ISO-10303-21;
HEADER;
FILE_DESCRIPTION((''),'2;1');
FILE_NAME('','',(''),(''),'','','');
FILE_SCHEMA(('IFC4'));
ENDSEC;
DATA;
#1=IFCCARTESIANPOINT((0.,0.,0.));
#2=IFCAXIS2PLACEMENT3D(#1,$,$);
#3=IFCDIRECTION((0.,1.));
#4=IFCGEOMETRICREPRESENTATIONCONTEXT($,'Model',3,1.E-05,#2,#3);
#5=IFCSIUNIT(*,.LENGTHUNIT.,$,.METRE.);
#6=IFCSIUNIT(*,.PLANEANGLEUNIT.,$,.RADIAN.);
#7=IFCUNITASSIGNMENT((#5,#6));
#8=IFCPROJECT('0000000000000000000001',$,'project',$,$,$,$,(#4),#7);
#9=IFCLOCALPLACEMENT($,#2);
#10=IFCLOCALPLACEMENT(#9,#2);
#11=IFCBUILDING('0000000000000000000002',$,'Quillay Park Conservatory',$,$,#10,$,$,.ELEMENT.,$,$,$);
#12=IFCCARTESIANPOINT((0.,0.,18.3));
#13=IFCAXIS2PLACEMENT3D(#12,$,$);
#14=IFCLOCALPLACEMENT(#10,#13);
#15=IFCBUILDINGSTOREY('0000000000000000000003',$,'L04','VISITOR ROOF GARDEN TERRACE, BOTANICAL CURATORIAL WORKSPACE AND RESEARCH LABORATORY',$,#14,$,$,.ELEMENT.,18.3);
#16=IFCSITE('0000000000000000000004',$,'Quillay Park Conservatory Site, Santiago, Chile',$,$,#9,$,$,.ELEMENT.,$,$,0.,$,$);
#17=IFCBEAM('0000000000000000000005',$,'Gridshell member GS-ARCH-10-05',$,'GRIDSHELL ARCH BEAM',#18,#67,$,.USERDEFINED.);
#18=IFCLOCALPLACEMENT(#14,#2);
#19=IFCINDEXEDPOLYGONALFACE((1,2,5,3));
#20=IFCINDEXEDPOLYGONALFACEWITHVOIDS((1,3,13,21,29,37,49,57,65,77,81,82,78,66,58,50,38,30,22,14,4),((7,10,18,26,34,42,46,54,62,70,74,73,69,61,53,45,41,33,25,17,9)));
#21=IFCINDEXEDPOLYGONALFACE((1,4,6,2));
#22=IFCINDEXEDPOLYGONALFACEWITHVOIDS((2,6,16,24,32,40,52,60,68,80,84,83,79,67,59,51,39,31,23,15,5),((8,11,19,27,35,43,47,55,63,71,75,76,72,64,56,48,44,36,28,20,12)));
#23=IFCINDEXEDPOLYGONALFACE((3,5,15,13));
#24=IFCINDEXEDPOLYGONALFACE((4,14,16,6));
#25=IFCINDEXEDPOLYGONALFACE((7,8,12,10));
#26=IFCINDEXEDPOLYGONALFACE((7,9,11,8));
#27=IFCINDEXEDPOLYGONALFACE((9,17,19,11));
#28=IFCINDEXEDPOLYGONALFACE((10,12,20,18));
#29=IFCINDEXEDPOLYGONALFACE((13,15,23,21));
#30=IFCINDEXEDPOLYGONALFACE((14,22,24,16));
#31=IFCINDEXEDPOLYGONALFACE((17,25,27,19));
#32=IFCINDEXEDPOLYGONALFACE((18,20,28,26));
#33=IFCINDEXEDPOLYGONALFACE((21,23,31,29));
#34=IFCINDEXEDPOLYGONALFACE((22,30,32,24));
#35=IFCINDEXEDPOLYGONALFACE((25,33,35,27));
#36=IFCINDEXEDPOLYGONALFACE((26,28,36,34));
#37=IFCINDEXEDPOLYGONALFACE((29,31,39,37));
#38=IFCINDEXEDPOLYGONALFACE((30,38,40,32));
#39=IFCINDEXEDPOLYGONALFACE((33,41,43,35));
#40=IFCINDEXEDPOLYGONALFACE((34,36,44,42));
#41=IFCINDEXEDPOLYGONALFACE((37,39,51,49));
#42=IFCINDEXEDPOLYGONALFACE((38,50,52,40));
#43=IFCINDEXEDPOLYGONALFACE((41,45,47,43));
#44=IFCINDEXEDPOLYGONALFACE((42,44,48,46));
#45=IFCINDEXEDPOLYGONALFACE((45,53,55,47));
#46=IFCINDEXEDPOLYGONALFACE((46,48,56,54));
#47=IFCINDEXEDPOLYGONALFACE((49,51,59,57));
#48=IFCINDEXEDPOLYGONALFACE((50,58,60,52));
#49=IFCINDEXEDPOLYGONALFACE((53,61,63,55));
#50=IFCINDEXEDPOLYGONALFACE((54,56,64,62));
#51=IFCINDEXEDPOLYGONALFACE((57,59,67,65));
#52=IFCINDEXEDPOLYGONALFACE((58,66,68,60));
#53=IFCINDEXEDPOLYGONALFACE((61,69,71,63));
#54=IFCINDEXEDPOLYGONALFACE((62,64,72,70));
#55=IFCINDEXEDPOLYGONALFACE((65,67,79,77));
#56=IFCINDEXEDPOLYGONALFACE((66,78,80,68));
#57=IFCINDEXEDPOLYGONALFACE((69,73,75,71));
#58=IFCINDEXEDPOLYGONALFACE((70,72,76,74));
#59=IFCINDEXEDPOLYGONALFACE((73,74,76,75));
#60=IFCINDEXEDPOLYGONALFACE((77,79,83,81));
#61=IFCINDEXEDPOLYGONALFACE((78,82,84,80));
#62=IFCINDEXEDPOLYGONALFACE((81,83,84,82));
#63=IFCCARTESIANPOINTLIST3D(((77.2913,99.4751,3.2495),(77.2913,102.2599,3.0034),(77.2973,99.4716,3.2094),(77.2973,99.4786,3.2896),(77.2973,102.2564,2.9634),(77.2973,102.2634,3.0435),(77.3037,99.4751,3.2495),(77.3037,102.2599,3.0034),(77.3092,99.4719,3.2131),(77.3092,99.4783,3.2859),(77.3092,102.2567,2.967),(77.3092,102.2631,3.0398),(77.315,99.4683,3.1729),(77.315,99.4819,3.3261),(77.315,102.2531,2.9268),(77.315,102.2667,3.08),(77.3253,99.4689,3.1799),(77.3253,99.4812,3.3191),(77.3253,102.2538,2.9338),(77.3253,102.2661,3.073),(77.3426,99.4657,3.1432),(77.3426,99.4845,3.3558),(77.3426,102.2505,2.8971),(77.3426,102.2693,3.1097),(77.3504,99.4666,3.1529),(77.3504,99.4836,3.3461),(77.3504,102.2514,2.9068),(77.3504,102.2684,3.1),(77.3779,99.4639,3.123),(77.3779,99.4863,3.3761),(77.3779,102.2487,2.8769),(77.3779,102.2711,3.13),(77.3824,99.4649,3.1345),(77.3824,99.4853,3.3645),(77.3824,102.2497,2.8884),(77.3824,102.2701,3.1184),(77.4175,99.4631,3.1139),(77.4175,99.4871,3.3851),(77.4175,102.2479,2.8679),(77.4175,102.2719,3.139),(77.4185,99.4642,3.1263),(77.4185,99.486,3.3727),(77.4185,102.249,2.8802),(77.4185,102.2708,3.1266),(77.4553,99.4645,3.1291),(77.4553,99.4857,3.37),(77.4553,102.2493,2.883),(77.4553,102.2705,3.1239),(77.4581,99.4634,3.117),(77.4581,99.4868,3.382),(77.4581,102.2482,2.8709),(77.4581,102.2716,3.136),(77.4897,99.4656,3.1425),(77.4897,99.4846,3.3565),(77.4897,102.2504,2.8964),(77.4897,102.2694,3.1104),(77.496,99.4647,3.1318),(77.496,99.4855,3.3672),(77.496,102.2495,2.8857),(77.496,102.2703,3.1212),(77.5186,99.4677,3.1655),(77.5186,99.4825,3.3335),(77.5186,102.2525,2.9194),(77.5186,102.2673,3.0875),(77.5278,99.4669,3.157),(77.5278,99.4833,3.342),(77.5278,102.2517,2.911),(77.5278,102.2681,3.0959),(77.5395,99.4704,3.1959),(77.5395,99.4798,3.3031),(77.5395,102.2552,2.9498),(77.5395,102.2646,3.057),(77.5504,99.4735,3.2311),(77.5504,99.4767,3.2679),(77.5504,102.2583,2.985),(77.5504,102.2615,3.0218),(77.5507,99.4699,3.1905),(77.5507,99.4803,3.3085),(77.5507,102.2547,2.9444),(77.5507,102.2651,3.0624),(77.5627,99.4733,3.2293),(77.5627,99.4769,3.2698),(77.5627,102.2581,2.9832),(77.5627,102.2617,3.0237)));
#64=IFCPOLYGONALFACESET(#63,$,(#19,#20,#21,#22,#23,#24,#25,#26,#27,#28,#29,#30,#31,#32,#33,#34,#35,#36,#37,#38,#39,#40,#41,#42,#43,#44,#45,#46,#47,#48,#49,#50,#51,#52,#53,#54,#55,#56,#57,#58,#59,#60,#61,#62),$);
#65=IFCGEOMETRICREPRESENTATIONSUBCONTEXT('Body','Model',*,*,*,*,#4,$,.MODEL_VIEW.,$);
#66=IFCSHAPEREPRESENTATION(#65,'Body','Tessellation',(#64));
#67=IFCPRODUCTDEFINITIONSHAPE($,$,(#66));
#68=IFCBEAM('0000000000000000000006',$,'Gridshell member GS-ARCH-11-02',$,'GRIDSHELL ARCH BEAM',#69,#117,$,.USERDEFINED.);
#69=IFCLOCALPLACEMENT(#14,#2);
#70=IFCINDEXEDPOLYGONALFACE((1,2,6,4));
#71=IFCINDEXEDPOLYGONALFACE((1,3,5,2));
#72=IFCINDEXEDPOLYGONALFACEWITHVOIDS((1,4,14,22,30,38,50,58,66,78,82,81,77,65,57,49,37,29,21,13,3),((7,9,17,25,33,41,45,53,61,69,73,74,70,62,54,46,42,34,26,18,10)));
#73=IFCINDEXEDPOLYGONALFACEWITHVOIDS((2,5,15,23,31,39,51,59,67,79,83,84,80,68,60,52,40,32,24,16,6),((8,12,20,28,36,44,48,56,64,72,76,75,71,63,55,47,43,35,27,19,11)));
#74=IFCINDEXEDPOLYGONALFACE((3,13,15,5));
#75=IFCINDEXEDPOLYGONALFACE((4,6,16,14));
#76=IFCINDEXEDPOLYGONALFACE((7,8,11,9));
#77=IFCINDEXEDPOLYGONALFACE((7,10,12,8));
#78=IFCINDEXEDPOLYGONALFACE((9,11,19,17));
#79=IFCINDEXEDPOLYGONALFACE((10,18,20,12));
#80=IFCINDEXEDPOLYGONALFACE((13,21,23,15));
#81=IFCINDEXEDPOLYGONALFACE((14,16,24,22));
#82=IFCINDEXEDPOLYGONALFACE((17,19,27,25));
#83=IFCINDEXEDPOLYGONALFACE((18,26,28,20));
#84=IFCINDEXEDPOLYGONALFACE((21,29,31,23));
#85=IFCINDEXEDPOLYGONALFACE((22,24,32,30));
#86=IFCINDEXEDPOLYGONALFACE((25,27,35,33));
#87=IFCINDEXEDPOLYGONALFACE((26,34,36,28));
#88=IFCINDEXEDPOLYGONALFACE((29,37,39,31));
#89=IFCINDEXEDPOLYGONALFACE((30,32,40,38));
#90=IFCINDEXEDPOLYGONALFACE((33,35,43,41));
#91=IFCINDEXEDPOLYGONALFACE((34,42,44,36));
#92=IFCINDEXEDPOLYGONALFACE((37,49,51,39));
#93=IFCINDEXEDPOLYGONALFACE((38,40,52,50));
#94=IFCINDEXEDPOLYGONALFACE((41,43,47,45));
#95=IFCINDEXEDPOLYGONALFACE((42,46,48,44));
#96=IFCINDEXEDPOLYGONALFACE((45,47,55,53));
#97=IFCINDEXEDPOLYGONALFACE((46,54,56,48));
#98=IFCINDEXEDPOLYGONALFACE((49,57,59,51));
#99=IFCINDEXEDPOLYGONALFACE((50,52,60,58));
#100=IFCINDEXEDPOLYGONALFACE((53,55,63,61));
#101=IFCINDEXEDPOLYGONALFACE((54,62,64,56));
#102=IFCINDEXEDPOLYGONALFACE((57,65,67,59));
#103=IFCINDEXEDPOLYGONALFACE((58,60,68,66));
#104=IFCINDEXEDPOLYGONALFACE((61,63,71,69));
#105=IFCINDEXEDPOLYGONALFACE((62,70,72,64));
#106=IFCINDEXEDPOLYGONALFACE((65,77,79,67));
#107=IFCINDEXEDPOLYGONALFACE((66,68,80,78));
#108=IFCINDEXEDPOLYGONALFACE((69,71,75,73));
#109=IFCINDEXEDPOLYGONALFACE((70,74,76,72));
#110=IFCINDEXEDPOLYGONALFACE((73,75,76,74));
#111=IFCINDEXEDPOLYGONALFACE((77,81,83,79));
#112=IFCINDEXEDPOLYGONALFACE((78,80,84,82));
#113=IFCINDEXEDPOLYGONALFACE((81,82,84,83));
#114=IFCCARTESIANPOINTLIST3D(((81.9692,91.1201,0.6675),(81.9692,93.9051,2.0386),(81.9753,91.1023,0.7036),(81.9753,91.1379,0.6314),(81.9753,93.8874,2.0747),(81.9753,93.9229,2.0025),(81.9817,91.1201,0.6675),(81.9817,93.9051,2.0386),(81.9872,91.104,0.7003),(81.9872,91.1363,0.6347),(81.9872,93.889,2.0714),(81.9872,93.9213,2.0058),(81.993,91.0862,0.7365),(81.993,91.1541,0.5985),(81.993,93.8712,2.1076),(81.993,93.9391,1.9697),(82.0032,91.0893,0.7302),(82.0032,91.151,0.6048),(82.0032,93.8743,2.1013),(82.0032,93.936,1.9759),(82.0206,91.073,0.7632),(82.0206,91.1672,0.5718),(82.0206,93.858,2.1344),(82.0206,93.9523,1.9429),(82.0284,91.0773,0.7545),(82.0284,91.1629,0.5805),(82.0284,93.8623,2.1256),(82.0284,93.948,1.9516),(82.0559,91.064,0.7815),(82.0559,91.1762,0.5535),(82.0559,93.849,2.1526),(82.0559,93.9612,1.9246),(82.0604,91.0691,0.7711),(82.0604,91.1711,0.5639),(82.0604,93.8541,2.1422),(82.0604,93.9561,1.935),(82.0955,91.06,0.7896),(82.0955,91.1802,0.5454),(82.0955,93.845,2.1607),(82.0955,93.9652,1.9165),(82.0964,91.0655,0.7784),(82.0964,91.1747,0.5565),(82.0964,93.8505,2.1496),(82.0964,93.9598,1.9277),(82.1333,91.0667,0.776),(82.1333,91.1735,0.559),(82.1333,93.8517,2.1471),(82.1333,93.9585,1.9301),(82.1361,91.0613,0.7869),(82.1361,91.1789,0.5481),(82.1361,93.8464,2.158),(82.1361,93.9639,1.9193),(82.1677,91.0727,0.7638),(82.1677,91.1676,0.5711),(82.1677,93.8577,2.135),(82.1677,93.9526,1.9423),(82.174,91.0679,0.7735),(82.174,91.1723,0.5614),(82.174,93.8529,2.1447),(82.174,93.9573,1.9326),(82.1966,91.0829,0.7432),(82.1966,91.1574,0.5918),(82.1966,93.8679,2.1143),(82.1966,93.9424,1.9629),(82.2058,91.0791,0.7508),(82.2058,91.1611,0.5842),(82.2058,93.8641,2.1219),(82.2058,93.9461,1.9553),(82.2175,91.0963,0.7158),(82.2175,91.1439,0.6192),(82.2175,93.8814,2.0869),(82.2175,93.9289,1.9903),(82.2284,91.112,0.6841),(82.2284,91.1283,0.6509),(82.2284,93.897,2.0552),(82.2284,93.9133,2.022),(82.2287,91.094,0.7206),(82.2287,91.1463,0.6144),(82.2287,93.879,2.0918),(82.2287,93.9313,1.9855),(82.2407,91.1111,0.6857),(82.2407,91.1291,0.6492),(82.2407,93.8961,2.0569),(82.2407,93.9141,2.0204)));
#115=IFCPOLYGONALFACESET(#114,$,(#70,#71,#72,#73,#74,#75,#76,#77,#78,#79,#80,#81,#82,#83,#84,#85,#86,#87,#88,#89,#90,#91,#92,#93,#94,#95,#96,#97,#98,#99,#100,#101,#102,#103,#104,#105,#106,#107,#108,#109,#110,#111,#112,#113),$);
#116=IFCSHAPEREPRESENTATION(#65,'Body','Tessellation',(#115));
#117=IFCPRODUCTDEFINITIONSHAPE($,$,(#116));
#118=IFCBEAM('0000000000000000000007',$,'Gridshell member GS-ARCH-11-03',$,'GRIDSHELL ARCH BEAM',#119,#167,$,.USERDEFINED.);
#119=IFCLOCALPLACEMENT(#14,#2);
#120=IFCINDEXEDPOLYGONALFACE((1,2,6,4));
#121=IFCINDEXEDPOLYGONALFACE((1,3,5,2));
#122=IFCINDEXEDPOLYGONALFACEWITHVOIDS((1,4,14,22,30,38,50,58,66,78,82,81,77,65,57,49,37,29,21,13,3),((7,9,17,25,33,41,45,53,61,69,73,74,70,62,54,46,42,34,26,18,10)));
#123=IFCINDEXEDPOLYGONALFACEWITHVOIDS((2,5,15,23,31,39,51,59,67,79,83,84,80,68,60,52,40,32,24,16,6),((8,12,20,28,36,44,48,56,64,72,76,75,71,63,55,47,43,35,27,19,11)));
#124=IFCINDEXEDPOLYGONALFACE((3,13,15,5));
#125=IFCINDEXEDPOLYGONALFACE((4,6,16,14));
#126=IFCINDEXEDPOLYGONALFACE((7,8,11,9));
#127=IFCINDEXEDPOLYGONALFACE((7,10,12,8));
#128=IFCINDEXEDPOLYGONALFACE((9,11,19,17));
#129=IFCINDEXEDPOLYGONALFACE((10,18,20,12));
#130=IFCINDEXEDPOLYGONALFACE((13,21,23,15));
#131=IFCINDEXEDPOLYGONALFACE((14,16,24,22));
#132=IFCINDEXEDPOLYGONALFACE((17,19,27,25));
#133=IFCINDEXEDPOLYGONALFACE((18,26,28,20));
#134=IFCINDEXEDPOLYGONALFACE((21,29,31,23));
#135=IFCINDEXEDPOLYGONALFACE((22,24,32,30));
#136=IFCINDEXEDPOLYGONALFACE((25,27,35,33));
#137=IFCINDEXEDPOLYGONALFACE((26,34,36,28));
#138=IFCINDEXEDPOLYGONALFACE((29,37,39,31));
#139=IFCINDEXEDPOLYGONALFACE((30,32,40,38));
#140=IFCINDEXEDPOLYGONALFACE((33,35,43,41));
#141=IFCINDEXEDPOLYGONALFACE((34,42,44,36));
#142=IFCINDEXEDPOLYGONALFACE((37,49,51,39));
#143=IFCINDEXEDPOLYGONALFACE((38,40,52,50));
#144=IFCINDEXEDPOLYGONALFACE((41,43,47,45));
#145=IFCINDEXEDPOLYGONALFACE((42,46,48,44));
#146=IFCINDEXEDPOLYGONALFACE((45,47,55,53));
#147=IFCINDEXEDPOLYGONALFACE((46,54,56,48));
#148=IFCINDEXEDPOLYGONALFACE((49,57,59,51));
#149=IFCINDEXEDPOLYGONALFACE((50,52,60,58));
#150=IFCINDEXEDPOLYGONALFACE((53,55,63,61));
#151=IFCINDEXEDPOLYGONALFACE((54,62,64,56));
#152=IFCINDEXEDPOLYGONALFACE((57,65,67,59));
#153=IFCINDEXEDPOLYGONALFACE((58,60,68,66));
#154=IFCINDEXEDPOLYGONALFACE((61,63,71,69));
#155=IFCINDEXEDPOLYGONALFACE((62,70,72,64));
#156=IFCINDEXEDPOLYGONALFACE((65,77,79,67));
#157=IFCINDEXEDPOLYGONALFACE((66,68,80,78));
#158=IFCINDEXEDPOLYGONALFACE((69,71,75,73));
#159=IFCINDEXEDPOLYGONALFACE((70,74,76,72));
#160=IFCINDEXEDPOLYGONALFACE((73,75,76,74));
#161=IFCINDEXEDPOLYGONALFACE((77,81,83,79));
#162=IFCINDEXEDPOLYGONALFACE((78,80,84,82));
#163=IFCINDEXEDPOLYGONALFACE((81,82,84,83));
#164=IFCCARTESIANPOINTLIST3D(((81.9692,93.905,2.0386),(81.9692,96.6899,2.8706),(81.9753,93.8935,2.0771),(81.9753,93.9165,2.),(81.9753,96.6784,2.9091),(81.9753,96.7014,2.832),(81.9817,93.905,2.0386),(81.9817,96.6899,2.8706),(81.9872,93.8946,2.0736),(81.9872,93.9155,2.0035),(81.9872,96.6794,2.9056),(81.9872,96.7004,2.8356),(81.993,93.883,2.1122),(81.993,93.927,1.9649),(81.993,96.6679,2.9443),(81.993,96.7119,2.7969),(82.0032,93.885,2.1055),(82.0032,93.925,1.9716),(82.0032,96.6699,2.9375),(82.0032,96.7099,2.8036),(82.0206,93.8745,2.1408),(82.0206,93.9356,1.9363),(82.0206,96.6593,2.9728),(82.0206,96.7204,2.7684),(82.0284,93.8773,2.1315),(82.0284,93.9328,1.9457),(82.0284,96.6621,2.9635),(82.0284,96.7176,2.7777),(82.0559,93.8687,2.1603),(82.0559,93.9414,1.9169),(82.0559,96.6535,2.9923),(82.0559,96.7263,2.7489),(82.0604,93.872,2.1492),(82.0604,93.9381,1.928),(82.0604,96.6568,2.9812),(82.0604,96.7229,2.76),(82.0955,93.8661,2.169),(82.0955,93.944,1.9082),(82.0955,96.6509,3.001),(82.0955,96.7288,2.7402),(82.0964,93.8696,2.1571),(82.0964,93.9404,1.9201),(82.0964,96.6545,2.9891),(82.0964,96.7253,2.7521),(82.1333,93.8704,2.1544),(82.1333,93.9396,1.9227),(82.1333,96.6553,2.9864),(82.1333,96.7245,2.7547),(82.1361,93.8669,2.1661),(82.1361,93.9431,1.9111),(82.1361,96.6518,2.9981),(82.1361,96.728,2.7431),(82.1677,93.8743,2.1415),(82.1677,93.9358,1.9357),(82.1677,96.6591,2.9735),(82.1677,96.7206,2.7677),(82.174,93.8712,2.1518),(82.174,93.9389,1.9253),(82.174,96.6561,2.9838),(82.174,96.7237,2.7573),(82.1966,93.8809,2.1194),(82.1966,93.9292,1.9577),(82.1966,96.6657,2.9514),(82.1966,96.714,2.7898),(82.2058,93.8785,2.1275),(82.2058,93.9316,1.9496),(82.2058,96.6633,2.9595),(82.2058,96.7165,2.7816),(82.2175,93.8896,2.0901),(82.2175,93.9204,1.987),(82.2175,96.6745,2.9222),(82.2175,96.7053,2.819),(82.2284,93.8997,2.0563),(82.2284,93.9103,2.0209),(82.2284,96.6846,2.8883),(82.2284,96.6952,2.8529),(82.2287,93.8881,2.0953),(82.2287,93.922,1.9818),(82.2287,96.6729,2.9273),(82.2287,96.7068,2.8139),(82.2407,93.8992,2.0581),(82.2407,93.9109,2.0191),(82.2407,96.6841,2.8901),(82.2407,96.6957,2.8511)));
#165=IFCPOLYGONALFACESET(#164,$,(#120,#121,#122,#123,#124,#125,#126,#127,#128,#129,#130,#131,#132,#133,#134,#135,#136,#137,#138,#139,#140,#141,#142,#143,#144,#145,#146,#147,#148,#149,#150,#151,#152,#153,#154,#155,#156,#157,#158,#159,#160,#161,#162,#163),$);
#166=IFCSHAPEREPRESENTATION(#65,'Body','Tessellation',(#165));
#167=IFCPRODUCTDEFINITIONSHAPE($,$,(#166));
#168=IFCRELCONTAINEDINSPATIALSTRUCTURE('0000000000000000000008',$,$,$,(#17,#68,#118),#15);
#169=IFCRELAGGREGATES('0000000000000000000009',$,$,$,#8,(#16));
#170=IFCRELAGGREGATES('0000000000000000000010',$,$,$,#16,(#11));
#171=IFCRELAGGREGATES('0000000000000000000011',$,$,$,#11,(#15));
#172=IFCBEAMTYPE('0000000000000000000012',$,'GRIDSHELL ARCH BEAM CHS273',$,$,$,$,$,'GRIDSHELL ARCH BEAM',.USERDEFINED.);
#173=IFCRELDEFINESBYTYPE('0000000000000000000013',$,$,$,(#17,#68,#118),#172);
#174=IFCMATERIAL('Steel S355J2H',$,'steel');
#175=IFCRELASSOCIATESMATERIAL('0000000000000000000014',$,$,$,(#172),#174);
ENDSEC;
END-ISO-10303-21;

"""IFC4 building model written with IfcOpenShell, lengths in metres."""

from ifc_helpers import new_model, si_unit, direction, frame, origin, origin_2d, place, context, subcontext, project, spatial, hollow_circle, extrude, material, material_profile, profile_set, type_object, element, save


model = new_model("IFC4")

# Units and contexts
model_context = context("Model", 3, precision=1e-05, world=origin(), true_north=direction((0.0, 1.0)))
body_context = subcontext(model_context, "Body", "Model", "MODEL_VIEW")
ifc_project = project(units=[si_unit("LENGTHUNIT", "METRE"), si_unit("PLANEANGLEUNIT", "RADIAN")], contexts=[model_context])

# Site, building, storey
site_placement = place(None, origin())
site = spatial("IfcSite", under=ifc_project, at=site_placement, Name="Quillay Park Conservatory Site, Santiago, Chile", CompositionType="ELEMENT", RefElevation=0.0)
building_placement = place(site_placement, origin())
building = spatial("IfcBuilding", under=site, at=building_placement, Name="Quillay Park Conservatory", CompositionType="ELEMENT")
storey_placement = place(building_placement, frame((0.0, 0.0, 18.3)))
storey = spatial("IfcBuildingStorey", under=building, at=storey_placement, Name="L04", Description="VISITOR ROOF GARDEN TERRACE, BOTANICAL CURATORIAL WORKSPACE AND RESEARCH LABORATORY", CompositionType="ELEMENT", Elevation=18.3)

# Beams
ifc_material_1 = material(Name="Steel S355J2H", Category="steel")
ifc_material_profile_1 = material_profile(ifc_material_1, hollow_circle(Radius=0.1365, WallThickness=0.0125, at=origin_2d()), Name="CHS273x12.5")
ifc_profile_set_1 = profile_set([ifc_material_profile_1], Name="Steel S355J2H")
beam_type = type_object("IfcBeamType", Name="GRIDSHELL ARCH BEAM CHS273", ElementType="GRIDSHELL ARCH BEAM", PredefinedType="USERDEFINED", material=ifc_profile_set_1)
beam_1_placement = place(storey_placement, frame((77.4277, 99.4751, 3.2495), z_axis=(0.0, 0.996118, -0.088024), x_axis=(-1.0, 0.0, 0.0)))
element("IfcBeam", 1, at=beam_1_placement, inside=storey, type_object=beam_type, Name="Gridshell member GS-ARCH-10-05", ObjectType="GRIDSHELL ARCH BEAM", PredefinedType="USERDEFINED", context=body_context, shape_type="SweptSolid", body=[
    extrude(hollow_circle(Radius=0.1365, WallThickness=0.0125, at=origin_2d()), origin(), (0.0, 0.0, 1.0), 2.7957),
])
beam_2_placement = place(storey_placement, frame((82.1057, 91.1201, 0.6675), z_axis=(0.0, 0.897163, 0.4417), x_axis=(-1.0, 0.0, 0.0)))
element("IfcBeam", 2, at=beam_2_placement, inside=storey, type_object=beam_type, Name="Gridshell member GS-ARCH-11-02", ObjectType="GRIDSHELL ARCH BEAM", PredefinedType="USERDEFINED", context=body_context, shape_type="SweptSolid", body=[
    extrude(hollow_circle(Radius=0.1365, WallThickness=0.0125, at=origin_2d()), origin(), (0.0, 0.0, 1.0), 3.1042),
])
beam_3_placement = place(storey_placement, frame((82.1057, 93.905, 2.0386), z_axis=(0.0, 0.958152, 0.286261), x_axis=(-1.0, 0.0, 0.0)))
element("IfcBeam", 3, at=beam_3_placement, inside=storey, type_object=beam_type, Name="Gridshell member GS-ARCH-11-03", ObjectType="GRIDSHELL ARCH BEAM", PredefinedType="USERDEFINED", context=body_context, shape_type="SweptSolid", body=[
    extrude(hollow_circle(Radius=0.1365, WallThickness=0.0125, at=origin_2d()), origin(), (0.0, 0.0, 1.0), 2.9065),
])

save(model, "model.ifc")
